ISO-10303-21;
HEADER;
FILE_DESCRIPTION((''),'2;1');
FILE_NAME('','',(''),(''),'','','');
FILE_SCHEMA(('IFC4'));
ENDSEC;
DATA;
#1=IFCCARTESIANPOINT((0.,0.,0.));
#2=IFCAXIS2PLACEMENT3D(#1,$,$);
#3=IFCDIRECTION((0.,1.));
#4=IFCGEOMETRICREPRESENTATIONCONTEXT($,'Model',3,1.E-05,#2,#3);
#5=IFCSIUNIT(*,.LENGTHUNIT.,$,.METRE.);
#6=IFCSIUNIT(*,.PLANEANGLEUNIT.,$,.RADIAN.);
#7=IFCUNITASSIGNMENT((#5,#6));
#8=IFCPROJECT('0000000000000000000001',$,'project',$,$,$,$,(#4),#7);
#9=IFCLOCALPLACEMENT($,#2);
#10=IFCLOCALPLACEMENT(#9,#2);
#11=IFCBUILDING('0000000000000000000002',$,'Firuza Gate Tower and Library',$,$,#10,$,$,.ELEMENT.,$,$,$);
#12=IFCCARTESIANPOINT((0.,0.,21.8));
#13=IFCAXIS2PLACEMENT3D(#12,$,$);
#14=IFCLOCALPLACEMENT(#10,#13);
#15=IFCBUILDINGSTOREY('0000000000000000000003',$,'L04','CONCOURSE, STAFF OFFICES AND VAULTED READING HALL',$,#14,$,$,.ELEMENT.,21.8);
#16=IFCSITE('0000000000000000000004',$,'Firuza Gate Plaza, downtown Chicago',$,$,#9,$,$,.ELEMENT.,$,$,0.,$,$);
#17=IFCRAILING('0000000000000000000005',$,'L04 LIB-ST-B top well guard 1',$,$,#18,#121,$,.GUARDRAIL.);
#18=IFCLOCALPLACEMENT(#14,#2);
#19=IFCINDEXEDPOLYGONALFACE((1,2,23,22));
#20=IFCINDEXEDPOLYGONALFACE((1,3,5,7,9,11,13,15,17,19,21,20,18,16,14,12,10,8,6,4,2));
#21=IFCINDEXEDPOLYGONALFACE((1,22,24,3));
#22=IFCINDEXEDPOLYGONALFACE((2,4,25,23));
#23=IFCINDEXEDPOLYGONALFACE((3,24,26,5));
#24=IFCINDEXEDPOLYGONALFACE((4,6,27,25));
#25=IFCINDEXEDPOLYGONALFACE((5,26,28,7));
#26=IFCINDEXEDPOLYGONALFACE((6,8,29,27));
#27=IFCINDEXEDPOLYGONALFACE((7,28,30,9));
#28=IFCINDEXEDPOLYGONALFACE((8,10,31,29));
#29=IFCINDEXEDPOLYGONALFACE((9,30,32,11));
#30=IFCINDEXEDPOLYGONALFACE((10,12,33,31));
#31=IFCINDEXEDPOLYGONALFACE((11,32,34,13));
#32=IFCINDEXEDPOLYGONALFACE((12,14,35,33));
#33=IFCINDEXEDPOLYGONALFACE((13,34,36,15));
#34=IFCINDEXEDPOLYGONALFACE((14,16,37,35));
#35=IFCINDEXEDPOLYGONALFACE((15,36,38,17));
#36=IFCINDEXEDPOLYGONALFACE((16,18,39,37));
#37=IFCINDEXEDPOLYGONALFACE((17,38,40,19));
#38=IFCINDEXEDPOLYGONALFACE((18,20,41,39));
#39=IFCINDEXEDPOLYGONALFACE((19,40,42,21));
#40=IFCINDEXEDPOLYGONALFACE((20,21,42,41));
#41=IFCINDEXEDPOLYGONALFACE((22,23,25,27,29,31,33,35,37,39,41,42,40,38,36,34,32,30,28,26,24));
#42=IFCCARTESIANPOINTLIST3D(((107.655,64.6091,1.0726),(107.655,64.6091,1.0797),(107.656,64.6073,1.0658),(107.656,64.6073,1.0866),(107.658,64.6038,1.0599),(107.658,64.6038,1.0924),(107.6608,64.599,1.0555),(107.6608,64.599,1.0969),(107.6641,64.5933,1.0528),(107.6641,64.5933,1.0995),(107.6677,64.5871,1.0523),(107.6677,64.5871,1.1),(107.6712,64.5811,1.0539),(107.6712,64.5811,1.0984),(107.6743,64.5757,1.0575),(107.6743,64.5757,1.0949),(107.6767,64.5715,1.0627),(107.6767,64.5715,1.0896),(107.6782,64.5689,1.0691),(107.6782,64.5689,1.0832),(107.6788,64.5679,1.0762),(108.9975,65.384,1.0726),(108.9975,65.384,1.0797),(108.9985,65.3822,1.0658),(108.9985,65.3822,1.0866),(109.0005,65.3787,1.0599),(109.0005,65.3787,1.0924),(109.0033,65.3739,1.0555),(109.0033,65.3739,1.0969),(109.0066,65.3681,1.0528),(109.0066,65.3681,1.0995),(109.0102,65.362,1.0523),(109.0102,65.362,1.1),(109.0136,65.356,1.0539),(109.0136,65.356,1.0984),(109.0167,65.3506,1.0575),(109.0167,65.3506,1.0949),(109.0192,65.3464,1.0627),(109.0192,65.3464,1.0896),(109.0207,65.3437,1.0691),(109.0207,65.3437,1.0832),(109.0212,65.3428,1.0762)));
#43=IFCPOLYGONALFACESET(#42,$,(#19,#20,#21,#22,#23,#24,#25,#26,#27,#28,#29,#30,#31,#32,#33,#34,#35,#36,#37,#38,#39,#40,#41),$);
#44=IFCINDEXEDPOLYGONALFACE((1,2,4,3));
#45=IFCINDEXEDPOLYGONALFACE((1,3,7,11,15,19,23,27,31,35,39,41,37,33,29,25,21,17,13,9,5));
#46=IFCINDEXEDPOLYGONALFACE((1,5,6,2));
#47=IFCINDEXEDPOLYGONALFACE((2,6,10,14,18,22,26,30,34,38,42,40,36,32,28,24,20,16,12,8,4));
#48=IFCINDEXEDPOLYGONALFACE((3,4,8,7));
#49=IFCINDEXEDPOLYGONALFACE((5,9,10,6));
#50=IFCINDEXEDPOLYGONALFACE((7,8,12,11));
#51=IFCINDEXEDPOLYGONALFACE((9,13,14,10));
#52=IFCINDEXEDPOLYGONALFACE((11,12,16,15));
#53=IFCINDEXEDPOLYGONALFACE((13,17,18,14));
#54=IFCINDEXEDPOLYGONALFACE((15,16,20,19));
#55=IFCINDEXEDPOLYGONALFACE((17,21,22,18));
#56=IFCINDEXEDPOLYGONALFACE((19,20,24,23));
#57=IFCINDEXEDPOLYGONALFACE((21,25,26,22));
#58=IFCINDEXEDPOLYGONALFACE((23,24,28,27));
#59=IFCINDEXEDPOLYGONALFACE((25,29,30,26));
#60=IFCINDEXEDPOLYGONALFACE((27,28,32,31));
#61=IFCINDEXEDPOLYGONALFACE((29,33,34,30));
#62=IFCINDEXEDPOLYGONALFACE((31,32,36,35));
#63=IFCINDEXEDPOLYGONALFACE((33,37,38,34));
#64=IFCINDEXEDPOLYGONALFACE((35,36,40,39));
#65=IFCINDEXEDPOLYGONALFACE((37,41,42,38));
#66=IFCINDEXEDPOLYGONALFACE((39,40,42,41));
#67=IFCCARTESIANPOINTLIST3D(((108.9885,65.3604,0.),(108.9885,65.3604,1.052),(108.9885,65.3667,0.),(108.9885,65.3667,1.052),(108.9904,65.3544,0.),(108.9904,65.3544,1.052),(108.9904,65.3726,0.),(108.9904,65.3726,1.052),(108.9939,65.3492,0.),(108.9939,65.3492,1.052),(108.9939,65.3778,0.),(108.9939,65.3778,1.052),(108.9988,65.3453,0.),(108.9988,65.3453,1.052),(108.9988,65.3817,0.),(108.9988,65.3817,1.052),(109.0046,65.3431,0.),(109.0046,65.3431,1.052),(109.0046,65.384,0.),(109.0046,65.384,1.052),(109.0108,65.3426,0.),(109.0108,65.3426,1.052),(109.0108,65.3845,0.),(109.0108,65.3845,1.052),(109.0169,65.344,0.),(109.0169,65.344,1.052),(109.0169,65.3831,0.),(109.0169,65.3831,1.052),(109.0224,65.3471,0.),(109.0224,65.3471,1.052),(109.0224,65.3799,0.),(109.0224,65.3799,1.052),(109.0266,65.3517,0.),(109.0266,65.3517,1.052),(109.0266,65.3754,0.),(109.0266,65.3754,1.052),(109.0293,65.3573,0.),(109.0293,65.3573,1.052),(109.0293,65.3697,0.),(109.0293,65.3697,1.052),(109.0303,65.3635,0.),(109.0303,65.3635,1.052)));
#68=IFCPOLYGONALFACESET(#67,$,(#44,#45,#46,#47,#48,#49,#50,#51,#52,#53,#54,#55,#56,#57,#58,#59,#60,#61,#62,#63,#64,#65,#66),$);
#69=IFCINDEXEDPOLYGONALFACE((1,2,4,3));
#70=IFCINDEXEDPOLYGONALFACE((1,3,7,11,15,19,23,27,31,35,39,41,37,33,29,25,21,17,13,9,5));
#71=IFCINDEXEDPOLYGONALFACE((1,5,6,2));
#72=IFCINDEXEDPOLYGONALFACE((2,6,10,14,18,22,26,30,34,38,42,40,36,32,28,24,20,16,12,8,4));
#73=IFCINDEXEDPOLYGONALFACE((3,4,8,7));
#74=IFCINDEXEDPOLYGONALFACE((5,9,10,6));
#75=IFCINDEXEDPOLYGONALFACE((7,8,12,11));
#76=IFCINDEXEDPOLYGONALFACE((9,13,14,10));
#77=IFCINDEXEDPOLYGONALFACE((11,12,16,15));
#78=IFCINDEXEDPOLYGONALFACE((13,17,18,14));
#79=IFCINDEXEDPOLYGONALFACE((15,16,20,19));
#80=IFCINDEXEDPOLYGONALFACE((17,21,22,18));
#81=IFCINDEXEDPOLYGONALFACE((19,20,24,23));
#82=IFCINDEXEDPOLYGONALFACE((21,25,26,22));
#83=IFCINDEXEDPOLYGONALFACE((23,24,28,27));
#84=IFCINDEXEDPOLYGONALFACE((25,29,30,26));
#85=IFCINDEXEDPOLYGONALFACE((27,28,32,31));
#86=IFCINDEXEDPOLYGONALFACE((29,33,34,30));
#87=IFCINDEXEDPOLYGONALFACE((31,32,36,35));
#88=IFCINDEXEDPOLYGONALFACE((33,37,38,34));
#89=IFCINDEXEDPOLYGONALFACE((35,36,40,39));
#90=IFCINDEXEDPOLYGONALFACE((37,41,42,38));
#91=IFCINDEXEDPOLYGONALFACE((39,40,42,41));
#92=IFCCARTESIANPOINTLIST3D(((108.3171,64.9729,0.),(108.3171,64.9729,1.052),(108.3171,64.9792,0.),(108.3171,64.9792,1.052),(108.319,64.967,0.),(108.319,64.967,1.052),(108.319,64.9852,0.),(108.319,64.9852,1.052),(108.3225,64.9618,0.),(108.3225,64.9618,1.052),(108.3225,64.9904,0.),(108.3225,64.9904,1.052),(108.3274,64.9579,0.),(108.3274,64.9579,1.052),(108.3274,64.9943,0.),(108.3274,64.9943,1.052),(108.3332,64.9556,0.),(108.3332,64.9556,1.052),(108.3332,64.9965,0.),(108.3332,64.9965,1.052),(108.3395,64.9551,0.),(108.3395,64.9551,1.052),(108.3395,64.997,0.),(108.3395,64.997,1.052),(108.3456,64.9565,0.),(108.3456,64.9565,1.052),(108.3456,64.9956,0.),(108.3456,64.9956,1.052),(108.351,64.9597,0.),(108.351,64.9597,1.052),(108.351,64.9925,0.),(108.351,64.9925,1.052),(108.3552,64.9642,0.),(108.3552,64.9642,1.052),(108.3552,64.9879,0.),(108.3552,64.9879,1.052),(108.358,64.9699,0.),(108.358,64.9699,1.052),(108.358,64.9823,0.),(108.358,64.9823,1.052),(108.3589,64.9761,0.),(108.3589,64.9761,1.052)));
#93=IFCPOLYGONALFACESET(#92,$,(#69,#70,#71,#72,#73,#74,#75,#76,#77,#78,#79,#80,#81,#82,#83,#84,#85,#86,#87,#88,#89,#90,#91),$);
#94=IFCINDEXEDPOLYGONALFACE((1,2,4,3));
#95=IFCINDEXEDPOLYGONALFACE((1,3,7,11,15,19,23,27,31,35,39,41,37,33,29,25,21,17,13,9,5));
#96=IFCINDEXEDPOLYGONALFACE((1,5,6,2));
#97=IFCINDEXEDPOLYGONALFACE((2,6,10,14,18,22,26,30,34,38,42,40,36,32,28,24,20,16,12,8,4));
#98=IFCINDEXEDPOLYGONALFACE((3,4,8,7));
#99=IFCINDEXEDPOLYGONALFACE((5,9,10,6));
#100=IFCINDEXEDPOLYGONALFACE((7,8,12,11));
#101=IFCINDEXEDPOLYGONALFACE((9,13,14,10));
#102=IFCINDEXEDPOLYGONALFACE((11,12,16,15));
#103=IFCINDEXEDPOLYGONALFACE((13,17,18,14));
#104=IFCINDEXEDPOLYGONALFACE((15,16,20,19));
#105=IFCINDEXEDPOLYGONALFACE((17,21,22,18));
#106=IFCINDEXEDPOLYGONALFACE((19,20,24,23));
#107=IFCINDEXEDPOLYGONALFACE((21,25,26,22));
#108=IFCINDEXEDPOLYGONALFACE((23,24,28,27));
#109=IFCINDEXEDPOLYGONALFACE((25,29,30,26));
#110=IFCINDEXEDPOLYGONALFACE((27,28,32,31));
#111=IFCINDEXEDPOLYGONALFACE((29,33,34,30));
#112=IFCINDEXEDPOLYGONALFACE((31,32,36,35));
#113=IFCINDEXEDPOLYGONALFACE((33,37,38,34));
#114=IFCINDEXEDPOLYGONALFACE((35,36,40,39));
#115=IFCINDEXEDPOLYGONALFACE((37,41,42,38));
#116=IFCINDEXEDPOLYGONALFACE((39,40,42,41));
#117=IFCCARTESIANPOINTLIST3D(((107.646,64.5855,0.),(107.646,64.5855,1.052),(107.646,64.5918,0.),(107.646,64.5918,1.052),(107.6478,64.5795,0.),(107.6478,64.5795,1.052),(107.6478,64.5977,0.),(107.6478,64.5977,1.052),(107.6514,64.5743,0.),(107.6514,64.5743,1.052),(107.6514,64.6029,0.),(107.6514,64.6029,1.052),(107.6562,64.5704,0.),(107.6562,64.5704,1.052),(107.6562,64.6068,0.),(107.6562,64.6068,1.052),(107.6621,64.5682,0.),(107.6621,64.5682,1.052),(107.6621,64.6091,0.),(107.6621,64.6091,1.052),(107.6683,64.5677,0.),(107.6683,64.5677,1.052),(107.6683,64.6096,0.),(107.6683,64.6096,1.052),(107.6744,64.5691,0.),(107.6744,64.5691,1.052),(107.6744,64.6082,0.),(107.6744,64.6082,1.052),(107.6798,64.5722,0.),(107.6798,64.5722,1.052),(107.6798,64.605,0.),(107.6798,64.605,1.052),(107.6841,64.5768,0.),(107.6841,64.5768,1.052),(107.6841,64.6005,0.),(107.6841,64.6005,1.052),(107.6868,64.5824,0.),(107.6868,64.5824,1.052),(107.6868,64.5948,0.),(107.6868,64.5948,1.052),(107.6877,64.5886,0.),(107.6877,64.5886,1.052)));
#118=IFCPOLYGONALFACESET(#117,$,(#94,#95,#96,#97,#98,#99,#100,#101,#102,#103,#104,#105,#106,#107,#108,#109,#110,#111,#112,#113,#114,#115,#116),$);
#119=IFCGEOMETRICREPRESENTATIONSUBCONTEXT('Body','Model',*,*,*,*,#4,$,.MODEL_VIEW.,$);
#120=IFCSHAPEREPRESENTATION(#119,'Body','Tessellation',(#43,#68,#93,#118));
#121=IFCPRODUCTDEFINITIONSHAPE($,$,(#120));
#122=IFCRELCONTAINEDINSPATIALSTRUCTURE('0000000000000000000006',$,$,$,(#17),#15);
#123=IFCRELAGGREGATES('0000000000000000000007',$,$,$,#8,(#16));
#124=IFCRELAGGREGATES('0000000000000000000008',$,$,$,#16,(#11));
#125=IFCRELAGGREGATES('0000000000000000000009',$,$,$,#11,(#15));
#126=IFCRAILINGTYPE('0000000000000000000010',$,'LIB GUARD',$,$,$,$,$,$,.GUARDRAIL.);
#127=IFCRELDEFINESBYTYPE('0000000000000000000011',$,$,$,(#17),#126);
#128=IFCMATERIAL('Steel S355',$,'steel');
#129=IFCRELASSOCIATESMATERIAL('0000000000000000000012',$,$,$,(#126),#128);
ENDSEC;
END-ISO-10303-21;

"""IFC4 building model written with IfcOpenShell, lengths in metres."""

from ifc_helpers import new_model, si_unit, direction, frame, origin, origin_2d, place, context, subcontext, project, spatial, circle, extrude, material, type_object, element, save


model = new_model("IFC4")

# Units and contexts
model_context = context("Model", 3, precision=1e-05, world=origin(), true_north=direction((0.0, 1.0)))
body_context = subcontext(model_context, "Body", "Model", "MODEL_VIEW")
ifc_project = project(units=[si_unit("LENGTHUNIT", "METRE"), si_unit("PLANEANGLEUNIT", "RADIAN")], contexts=[model_context])

# Site, building, storey
site_placement = place(None, origin())
site = spatial("IfcSite", under=ifc_project, at=site_placement, Name="Firuza Gate Plaza, downtown Chicago", CompositionType="ELEMENT", RefElevation=0.0)
building_placement = place(site_placement, origin())
building = spatial("IfcBuilding", under=site, at=building_placement, Name="Firuza Gate Tower and Library", CompositionType="ELEMENT")
storey_placement = place(building_placement, frame((0.0, 0.0, 21.8)))
storey = spatial("IfcBuildingStorey", under=building, at=storey_placement, Name="L04", Description="CONCOURSE, STAFF OFFICES AND VAULTED READING HALL", CompositionType="ELEMENT", Elevation=21.8)

# Railing
ifc_material_1 = material(Name="Steel S355", Category="steel")
railing_type = type_object("IfcRailingType", Name="LIB GUARD", PredefinedType="GUARDRAIL", material=ifc_material_1)
railing_placement = place(storey_placement, frame((109.0093, 65.3635, 0.0)))
element("IfcRailing", 1, at=railing_placement, inside=storey, type_object=railing_type, Name="L04 LIB-ST-B top well guard 1", PredefinedType="GUARDRAIL", context=body_context, shape_type="SweptSolid", body=[
    extrude(circle(Radius=0.0239, at=origin_2d()), frame((0.0, 0.0, 1.0762), z_axis=(-0.866083, -0.4999, 0.0), x_axis=(0.4999, -0.866083, 0.0)), (0.0, 0.0, 1.0), 1.55),
    extrude(circle(Radius=0.021, at=origin_2d()), origin(), (0.0, 0.0, 1.0), 1.052),
    extrude(circle(Radius=0.021, at=origin_2d()), frame((-0.6714, -0.3875, 0.0)), (0.0, 0.0, 1.0), 1.052),
    extrude(circle(Radius=0.021, at=origin_2d()), frame((-1.3425, -0.7749, 0.0)), (0.0, 0.0, 1.0), 1.052),
])

save(model, "model.ifc")
